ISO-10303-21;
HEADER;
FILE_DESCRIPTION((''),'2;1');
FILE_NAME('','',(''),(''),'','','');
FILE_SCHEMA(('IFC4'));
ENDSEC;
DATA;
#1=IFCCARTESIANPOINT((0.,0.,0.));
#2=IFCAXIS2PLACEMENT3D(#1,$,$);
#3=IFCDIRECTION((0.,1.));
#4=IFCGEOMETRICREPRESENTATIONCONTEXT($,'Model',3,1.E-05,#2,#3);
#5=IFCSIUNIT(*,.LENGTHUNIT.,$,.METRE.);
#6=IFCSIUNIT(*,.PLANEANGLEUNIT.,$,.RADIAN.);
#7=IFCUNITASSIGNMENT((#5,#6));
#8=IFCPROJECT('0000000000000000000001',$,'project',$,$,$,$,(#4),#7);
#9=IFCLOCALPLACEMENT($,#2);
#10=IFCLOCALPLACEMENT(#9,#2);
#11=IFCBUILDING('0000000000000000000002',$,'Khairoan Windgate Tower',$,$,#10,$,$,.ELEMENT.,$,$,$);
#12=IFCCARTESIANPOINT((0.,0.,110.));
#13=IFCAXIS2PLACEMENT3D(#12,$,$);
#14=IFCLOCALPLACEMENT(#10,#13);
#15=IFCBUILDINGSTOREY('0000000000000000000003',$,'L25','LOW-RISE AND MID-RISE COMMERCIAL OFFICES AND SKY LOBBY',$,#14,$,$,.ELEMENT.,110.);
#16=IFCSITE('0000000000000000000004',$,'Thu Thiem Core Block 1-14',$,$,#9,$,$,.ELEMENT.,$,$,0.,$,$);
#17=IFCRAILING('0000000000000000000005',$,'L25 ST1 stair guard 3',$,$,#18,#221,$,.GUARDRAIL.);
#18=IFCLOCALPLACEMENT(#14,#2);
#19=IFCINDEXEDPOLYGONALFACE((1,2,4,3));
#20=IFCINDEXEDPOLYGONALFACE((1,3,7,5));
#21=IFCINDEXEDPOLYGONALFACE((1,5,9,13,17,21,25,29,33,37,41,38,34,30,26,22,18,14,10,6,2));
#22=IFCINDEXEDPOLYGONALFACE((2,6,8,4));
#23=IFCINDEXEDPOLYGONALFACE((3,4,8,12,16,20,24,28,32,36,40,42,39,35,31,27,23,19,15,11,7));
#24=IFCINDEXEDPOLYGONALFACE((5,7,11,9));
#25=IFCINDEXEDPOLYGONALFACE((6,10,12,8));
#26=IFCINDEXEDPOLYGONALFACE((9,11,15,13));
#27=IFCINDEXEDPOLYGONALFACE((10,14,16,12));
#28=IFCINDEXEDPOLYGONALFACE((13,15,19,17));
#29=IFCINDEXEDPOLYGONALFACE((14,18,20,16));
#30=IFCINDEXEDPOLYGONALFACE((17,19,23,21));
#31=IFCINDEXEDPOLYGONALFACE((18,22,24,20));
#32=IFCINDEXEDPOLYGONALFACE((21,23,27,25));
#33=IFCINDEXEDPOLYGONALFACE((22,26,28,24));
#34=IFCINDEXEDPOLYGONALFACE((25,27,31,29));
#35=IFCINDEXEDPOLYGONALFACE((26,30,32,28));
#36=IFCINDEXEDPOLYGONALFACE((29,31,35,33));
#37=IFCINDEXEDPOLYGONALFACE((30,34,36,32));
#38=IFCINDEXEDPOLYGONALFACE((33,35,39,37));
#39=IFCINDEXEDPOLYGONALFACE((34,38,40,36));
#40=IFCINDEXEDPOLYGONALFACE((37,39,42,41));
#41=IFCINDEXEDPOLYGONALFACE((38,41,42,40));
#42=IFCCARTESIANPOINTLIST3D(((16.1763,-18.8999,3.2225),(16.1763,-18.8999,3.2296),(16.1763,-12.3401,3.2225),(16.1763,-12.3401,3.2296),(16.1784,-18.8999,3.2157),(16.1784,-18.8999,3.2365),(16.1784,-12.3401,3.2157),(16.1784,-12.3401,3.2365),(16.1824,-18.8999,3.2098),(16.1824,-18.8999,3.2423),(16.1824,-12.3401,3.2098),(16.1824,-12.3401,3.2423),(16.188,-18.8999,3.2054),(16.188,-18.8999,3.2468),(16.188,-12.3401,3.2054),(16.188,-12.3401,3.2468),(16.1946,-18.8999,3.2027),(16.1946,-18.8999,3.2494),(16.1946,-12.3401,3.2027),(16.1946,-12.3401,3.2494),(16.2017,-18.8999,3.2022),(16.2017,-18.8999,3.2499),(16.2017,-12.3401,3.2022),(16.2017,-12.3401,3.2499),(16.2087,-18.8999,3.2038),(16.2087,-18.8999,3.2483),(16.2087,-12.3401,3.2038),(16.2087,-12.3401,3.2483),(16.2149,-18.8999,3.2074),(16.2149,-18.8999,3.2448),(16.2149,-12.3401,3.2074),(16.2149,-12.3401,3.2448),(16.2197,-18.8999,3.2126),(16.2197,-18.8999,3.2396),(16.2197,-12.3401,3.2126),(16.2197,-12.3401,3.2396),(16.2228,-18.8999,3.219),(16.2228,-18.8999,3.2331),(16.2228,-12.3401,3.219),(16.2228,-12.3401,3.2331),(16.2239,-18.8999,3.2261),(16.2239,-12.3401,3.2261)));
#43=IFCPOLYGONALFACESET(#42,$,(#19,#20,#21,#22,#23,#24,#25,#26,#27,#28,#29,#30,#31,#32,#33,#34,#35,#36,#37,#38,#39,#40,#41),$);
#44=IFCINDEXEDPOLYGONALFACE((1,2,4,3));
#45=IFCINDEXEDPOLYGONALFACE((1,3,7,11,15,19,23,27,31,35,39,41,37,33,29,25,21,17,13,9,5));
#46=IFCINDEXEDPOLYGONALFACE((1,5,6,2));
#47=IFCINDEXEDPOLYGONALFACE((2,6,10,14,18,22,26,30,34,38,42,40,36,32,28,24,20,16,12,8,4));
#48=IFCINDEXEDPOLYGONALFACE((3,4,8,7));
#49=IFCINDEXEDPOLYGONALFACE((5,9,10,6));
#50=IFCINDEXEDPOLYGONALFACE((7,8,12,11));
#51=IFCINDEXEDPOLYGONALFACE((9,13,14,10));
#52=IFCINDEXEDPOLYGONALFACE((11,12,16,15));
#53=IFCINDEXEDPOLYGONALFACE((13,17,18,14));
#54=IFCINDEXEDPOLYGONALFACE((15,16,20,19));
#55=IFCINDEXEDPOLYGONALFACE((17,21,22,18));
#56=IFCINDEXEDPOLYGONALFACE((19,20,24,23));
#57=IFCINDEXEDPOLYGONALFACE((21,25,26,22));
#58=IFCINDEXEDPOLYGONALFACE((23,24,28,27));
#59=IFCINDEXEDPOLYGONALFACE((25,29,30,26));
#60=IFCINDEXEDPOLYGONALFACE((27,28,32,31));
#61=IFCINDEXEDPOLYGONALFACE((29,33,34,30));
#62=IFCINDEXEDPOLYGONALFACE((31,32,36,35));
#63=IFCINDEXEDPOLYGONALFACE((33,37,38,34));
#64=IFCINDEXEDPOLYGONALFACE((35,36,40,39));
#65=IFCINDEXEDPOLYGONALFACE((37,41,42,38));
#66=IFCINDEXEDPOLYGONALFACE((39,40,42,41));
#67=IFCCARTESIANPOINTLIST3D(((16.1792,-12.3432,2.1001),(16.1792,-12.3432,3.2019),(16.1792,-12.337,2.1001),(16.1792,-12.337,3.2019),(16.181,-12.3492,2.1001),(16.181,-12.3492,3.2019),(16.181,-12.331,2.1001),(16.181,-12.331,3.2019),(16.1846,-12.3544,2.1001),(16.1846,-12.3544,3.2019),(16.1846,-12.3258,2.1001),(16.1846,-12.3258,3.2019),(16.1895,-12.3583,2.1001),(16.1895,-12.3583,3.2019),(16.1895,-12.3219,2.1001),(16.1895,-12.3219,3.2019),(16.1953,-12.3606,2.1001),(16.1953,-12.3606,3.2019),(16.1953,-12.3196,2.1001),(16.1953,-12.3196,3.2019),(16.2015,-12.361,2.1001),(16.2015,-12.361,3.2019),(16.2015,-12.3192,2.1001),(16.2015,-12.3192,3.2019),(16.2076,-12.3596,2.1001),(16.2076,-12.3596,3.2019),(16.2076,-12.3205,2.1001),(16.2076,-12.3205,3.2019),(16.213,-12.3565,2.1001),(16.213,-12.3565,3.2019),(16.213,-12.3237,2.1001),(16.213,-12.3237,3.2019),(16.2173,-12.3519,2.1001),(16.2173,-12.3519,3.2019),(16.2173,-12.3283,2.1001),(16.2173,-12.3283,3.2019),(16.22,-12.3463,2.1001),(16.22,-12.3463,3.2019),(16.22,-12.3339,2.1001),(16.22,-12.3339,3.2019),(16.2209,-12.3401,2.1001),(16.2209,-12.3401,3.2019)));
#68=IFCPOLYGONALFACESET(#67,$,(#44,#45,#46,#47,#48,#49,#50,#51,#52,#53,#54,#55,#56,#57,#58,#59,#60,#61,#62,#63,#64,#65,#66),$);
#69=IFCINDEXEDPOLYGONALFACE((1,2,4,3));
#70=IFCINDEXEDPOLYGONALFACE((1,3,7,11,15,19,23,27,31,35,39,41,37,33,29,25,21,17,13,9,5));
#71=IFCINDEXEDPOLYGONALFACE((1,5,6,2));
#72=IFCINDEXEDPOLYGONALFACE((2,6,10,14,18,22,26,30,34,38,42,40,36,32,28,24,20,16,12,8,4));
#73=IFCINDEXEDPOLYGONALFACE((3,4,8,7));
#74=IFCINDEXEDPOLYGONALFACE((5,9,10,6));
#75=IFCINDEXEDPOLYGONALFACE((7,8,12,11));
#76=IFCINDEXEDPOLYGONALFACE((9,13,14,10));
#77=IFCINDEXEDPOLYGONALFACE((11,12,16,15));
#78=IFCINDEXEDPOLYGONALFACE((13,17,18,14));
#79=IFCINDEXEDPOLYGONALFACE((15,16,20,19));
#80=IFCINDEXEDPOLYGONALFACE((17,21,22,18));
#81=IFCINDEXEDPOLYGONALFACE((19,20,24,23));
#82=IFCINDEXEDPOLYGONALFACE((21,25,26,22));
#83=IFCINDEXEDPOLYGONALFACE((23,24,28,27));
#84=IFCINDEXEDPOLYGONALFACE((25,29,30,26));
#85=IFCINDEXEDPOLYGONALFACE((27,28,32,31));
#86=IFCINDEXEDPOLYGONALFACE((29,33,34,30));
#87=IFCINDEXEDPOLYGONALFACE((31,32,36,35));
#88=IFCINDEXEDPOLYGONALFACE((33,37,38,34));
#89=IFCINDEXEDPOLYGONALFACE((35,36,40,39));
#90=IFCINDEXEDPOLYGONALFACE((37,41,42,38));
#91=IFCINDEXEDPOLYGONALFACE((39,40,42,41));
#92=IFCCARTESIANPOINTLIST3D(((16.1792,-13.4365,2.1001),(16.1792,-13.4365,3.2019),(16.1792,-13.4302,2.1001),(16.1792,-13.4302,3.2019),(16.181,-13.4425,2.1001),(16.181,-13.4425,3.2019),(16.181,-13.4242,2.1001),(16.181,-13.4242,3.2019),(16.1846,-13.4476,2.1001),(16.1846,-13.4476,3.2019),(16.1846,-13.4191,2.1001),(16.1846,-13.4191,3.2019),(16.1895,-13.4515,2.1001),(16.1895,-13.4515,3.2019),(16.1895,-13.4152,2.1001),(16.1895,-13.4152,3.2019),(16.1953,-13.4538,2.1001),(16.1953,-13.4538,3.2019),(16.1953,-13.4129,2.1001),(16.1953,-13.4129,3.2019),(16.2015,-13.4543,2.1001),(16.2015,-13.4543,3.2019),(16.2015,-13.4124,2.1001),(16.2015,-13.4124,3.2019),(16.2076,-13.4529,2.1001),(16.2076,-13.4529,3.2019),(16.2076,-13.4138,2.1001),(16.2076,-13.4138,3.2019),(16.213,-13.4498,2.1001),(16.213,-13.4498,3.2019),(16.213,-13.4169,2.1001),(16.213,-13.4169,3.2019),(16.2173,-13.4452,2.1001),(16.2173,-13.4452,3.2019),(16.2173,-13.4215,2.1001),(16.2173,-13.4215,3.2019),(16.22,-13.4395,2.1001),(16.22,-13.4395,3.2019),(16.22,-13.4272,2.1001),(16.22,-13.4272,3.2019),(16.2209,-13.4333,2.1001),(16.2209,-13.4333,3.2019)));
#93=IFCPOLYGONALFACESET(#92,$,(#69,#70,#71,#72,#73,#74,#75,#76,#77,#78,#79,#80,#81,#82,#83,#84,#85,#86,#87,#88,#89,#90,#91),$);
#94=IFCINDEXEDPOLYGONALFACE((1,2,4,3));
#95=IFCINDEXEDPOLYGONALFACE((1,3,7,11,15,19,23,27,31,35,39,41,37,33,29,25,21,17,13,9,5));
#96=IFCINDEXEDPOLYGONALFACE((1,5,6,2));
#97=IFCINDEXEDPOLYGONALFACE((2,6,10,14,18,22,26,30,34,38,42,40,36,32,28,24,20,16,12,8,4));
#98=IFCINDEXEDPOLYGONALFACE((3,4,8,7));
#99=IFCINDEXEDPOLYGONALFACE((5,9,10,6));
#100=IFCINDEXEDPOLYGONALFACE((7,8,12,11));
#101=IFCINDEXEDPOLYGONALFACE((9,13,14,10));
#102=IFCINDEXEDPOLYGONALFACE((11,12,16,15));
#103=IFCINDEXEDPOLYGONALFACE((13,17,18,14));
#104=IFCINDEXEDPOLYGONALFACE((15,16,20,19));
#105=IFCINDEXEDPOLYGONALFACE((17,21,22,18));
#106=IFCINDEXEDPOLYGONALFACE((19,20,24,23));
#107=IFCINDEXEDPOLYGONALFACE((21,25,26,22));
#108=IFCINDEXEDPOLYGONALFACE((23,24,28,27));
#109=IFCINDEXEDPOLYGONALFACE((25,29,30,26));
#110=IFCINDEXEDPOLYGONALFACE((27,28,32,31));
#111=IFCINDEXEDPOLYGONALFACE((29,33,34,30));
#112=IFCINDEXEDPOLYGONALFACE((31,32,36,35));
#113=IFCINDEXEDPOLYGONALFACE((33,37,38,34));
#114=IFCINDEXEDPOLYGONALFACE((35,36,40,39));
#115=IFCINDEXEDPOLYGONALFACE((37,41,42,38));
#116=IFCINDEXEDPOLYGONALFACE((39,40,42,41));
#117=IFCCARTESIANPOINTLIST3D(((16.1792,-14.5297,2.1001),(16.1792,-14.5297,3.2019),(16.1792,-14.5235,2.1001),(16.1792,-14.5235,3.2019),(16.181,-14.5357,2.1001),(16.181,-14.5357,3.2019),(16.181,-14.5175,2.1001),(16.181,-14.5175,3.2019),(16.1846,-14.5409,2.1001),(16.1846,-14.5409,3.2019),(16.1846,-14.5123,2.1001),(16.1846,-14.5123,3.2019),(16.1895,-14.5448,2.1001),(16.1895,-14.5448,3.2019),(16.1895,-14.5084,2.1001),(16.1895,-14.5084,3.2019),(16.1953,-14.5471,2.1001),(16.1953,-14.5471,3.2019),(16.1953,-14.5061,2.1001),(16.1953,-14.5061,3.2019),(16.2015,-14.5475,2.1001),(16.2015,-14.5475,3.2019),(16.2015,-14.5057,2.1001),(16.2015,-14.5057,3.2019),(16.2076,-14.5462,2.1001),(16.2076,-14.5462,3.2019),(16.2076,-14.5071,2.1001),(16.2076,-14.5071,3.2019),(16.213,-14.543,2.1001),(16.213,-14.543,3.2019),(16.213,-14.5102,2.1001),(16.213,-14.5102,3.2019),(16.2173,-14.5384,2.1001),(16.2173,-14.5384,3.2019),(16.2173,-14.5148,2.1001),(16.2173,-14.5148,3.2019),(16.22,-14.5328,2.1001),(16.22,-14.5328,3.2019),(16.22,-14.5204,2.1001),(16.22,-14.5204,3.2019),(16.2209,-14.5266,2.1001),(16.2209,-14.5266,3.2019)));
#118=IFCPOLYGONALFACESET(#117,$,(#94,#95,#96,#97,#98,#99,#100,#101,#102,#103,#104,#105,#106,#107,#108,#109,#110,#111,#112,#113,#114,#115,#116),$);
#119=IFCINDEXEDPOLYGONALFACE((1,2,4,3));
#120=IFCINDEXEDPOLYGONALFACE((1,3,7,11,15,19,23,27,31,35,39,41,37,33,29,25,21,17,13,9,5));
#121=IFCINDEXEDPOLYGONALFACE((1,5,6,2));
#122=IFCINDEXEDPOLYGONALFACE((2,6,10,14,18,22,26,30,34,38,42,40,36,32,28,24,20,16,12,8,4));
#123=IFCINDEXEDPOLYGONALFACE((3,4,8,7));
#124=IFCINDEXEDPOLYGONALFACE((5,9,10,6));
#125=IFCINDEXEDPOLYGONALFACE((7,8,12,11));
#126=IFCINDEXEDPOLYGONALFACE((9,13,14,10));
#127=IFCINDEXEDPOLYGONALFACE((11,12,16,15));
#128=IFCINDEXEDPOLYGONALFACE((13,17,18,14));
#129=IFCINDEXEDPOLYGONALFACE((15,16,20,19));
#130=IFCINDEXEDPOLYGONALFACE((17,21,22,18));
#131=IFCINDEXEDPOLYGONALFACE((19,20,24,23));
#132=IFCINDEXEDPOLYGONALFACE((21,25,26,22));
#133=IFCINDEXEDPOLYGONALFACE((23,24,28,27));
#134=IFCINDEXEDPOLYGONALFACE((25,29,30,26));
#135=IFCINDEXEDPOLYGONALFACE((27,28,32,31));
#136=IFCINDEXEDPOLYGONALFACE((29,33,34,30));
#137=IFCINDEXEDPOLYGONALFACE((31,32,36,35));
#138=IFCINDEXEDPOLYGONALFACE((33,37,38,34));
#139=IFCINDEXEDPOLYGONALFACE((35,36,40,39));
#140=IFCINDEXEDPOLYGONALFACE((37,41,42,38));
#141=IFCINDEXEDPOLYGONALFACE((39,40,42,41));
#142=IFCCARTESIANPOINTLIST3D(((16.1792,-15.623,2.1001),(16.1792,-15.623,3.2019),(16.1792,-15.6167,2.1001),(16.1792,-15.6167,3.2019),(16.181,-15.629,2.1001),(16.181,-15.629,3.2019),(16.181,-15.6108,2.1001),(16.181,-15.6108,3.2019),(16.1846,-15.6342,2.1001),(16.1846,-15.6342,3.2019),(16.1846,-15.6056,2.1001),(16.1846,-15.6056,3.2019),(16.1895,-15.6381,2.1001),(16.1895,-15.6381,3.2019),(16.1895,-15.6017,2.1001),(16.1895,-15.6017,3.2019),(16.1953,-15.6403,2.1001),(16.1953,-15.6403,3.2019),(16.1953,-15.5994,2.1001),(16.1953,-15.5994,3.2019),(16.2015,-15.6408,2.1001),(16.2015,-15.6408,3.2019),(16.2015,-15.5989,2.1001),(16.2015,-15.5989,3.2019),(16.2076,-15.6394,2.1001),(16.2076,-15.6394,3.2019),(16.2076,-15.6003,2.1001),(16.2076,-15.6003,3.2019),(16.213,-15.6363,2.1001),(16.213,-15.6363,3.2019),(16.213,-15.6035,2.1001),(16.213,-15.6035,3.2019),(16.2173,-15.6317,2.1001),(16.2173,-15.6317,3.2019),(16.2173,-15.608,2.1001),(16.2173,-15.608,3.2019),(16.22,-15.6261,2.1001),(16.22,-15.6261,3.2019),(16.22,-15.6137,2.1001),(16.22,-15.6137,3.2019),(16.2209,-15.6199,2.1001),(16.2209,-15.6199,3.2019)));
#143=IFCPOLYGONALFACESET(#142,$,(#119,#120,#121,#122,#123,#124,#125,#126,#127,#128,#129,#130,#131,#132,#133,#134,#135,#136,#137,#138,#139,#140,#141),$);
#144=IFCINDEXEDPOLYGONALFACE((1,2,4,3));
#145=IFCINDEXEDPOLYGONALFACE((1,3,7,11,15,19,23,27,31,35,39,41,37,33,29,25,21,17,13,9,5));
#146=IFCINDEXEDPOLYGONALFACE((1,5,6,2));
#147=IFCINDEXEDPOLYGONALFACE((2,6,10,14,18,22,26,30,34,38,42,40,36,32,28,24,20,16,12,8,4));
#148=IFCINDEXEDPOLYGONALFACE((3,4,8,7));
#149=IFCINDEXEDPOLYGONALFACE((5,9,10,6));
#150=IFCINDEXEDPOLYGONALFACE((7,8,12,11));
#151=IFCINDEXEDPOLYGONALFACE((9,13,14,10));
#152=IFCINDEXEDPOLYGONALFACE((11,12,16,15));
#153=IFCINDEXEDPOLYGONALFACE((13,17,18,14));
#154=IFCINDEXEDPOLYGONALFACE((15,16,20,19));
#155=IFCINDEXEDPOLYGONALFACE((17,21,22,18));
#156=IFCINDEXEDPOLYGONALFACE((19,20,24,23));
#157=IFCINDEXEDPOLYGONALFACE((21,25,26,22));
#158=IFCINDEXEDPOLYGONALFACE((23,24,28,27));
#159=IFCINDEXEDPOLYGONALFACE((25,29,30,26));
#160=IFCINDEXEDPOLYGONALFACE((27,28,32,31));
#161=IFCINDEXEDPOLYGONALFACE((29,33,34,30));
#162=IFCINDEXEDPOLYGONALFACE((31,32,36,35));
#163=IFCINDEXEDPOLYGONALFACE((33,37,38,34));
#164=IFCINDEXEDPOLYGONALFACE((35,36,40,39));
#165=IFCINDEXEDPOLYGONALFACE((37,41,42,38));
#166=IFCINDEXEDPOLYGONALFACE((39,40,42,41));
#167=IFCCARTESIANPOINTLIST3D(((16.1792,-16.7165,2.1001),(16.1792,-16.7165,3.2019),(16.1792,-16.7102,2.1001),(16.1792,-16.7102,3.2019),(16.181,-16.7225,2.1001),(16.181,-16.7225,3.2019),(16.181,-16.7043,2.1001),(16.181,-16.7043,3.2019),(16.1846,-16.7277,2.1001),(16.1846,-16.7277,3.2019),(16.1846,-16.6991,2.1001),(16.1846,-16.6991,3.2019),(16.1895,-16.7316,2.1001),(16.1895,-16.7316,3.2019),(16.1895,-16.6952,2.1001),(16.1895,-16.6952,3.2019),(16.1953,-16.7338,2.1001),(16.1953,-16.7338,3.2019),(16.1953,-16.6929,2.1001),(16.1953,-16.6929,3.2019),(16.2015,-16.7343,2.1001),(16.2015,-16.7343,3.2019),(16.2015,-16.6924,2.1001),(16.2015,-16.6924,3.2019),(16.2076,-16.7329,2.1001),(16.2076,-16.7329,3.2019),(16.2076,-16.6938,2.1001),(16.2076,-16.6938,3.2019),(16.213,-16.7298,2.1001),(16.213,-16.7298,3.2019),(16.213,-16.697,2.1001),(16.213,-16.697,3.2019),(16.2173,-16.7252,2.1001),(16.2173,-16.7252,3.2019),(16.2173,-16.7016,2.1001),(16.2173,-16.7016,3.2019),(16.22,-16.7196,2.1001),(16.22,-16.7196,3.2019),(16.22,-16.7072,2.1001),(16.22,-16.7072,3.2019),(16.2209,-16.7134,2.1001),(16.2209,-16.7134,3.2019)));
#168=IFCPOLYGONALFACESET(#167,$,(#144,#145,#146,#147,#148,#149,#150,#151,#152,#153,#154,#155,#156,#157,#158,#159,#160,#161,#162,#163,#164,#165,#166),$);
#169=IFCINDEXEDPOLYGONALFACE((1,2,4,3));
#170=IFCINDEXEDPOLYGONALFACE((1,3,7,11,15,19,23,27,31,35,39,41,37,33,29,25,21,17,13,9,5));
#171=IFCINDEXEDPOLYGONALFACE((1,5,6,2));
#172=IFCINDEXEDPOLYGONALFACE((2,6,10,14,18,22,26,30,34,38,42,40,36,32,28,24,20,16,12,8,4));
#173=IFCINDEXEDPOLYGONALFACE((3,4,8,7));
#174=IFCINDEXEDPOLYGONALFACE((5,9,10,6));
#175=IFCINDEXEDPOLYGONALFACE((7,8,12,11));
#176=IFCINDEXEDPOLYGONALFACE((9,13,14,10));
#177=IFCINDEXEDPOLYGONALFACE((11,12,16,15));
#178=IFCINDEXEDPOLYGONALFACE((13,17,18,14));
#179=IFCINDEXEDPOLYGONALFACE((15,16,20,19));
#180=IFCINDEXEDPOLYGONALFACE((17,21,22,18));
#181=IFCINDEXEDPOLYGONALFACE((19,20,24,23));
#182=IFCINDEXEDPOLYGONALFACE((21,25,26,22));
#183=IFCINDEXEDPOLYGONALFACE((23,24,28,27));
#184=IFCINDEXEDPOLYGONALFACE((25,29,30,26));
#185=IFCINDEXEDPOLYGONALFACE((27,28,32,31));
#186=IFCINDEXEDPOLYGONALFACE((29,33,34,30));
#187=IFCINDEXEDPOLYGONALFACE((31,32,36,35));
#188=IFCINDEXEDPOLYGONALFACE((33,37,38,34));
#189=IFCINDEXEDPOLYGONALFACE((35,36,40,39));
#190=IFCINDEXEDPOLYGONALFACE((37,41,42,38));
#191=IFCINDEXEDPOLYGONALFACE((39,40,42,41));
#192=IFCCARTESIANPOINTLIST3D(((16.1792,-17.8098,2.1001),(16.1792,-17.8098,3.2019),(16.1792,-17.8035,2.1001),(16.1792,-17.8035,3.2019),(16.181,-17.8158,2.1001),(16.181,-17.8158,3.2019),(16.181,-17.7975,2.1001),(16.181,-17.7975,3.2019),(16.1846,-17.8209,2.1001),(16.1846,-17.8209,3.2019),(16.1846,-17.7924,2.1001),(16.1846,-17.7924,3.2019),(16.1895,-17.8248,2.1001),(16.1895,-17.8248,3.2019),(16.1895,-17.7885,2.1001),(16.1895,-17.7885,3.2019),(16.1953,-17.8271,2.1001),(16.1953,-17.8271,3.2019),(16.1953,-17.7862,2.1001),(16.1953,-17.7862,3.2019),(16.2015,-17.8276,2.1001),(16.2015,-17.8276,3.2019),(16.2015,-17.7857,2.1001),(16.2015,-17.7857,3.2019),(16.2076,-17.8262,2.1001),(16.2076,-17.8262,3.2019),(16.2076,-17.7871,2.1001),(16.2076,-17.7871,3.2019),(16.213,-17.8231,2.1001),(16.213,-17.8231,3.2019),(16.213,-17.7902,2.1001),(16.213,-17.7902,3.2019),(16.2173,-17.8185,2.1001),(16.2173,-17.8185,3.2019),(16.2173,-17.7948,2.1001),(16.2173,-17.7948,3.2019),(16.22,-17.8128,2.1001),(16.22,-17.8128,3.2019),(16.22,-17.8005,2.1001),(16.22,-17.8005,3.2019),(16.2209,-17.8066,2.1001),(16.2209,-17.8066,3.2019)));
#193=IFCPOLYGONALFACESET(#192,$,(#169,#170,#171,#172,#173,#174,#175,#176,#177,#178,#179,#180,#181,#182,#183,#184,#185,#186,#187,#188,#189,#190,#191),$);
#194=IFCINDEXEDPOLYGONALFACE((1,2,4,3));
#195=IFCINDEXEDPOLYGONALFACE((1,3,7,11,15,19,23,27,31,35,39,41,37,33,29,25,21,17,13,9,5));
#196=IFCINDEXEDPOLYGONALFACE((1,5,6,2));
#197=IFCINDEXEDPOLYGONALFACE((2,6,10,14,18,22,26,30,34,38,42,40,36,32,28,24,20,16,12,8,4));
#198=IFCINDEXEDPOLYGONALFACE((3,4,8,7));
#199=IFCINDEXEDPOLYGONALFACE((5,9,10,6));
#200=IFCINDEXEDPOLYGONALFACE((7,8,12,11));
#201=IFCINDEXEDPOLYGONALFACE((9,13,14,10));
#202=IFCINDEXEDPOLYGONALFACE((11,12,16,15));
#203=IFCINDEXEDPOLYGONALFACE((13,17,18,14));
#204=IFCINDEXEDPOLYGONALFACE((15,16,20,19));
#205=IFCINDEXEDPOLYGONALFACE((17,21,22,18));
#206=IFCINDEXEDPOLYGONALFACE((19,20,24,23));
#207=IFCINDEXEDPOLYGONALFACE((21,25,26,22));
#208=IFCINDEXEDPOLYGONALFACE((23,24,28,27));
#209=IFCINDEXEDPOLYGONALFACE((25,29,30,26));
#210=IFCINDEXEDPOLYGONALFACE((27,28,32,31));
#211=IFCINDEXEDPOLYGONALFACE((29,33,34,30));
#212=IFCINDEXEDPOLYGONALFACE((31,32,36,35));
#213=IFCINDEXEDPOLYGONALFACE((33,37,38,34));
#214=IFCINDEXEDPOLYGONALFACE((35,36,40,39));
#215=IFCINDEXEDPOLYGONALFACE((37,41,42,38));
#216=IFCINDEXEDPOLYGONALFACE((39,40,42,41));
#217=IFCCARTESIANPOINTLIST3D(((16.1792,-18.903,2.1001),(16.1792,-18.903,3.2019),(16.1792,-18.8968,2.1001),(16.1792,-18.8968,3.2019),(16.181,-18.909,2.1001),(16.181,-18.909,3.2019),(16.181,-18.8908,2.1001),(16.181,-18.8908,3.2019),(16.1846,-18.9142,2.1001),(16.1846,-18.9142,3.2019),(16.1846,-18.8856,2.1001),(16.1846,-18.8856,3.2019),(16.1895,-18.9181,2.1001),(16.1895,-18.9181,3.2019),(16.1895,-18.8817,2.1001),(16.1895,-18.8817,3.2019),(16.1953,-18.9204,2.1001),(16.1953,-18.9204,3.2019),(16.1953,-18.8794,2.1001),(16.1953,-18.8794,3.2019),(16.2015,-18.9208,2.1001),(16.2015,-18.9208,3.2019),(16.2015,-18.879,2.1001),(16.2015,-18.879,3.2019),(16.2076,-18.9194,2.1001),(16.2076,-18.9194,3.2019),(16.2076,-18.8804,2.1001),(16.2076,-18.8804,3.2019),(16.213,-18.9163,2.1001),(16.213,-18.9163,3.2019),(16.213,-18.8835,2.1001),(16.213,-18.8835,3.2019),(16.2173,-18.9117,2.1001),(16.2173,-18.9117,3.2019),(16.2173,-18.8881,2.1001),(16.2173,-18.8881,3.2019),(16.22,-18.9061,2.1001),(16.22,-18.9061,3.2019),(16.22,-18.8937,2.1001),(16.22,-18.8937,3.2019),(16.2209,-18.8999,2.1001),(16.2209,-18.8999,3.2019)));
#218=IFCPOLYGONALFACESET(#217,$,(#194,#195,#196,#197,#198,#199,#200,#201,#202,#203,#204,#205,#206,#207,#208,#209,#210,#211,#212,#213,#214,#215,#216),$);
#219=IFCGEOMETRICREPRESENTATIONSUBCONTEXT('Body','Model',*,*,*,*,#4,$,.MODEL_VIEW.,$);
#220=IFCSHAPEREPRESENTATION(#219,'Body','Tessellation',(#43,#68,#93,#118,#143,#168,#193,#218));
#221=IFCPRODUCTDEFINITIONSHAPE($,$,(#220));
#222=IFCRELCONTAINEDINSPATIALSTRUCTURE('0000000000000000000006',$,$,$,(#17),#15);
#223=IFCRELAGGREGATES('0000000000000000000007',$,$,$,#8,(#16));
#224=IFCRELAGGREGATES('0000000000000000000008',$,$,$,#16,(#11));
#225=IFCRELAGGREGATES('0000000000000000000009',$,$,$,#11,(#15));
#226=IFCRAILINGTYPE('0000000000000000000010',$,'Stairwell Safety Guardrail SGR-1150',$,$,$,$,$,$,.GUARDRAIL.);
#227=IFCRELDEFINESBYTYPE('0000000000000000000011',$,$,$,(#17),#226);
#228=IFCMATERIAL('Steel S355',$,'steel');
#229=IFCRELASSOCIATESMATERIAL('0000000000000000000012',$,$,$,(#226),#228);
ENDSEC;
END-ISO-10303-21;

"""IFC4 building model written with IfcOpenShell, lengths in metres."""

from ifc_helpers import new_model, si_unit, direction, frame, origin, origin_2d, place, context, subcontext, project, spatial, circle, extrude, material, type_object, element, save


model = new_model("IFC4")

# Units and contexts
model_context = context("Model", 3, precision=1e-05, world=origin(), true_north=direction((0.0, 1.0)))
body_context = subcontext(model_context, "Body", "Model", "MODEL_VIEW")
ifc_project = project(units=[si_unit("LENGTHUNIT", "METRE"), si_unit("PLANEANGLEUNIT", "RADIAN")], contexts=[model_context])

# Site, building, storey
site_placement = place(None, origin())
site = spatial("IfcSite", under=ifc_project, at=site_placement, Name="Thu Thiem Core Block 1-14", CompositionType="ELEMENT", RefElevation=0.0)
building_placement = place(site_placement, origin())
building = spatial("IfcBuilding", under=site, at=building_placement, Name="Khairoan Windgate Tower", CompositionType="ELEMENT")
storey_placement = place(building_placement, frame((0.0, 0.0, 110.0)))
storey = spatial("IfcBuildingStorey", under=building, at=storey_placement, Name="L25", Description="LOW-RISE AND MID-RISE COMMERCIAL OFFICES AND SKY LOBBY", CompositionType="ELEMENT", Elevation=110.0)

# Railing
ifc_material_1 = material(Name="Steel S355", Category="steel")
railing_type = type_object("IfcRailingType", Name="Stairwell Safety Guardrail SGR-1150", PredefinedType="GUARDRAIL", material=ifc_material_1)
railing_1_placement = place(storey_placement, frame((16.2, -12.3401, 2.1001)))
element("IfcRailing", 1, at=railing_1_placement, inside=storey, type_object=railing_type, Name="L25 ST1 stair guard 3", PredefinedType="GUARDRAIL", context=body_context, shape_type="SweptSolid", body=[
    extrude(circle(Radius=0.0239, at=origin_2d()), frame((0.0, 0.0, 1.126), z_axis=(0.0, -1.0, 0.0), x_axis=(1.0, 0.0, 0.0)), (0.0, 0.0, 1.0), 6.5598),
    extrude(circle(Radius=0.021, at=origin_2d()), origin(), (0.0, 0.0, 1.0), 1.1018),
    extrude(circle(Radius=0.021, at=origin_2d()), frame((0.0, -1.0933, 0.0)), (0.0, 0.0, 1.0), 1.1018),
    extrude(circle(Radius=0.021, at=origin_2d()), frame((0.0, -2.1865, 0.0)), (0.0, 0.0, 1.0), 1.1018),
    extrude(circle(Radius=0.021, at=origin_2d()), frame((0.0, -3.2798, 0.0)), (0.0, 0.0, 1.0), 1.1018),
    extrude(circle(Radius=0.021, at=origin_2d()), frame((0.0, -4.3733, 0.0)), (0.0, 0.0, 1.0), 1.1018),
    extrude(circle(Radius=0.021, at=origin_2d()), frame((0.0, -5.4666, 0.0)), (0.0, 0.0, 1.0), 1.1018),
    extrude(circle(Radius=0.021, at=origin_2d()), frame((0.0, -6.5598, 0.0)), (0.0, 0.0, 1.0), 1.1018),
])

save(model, "model.ifc")
